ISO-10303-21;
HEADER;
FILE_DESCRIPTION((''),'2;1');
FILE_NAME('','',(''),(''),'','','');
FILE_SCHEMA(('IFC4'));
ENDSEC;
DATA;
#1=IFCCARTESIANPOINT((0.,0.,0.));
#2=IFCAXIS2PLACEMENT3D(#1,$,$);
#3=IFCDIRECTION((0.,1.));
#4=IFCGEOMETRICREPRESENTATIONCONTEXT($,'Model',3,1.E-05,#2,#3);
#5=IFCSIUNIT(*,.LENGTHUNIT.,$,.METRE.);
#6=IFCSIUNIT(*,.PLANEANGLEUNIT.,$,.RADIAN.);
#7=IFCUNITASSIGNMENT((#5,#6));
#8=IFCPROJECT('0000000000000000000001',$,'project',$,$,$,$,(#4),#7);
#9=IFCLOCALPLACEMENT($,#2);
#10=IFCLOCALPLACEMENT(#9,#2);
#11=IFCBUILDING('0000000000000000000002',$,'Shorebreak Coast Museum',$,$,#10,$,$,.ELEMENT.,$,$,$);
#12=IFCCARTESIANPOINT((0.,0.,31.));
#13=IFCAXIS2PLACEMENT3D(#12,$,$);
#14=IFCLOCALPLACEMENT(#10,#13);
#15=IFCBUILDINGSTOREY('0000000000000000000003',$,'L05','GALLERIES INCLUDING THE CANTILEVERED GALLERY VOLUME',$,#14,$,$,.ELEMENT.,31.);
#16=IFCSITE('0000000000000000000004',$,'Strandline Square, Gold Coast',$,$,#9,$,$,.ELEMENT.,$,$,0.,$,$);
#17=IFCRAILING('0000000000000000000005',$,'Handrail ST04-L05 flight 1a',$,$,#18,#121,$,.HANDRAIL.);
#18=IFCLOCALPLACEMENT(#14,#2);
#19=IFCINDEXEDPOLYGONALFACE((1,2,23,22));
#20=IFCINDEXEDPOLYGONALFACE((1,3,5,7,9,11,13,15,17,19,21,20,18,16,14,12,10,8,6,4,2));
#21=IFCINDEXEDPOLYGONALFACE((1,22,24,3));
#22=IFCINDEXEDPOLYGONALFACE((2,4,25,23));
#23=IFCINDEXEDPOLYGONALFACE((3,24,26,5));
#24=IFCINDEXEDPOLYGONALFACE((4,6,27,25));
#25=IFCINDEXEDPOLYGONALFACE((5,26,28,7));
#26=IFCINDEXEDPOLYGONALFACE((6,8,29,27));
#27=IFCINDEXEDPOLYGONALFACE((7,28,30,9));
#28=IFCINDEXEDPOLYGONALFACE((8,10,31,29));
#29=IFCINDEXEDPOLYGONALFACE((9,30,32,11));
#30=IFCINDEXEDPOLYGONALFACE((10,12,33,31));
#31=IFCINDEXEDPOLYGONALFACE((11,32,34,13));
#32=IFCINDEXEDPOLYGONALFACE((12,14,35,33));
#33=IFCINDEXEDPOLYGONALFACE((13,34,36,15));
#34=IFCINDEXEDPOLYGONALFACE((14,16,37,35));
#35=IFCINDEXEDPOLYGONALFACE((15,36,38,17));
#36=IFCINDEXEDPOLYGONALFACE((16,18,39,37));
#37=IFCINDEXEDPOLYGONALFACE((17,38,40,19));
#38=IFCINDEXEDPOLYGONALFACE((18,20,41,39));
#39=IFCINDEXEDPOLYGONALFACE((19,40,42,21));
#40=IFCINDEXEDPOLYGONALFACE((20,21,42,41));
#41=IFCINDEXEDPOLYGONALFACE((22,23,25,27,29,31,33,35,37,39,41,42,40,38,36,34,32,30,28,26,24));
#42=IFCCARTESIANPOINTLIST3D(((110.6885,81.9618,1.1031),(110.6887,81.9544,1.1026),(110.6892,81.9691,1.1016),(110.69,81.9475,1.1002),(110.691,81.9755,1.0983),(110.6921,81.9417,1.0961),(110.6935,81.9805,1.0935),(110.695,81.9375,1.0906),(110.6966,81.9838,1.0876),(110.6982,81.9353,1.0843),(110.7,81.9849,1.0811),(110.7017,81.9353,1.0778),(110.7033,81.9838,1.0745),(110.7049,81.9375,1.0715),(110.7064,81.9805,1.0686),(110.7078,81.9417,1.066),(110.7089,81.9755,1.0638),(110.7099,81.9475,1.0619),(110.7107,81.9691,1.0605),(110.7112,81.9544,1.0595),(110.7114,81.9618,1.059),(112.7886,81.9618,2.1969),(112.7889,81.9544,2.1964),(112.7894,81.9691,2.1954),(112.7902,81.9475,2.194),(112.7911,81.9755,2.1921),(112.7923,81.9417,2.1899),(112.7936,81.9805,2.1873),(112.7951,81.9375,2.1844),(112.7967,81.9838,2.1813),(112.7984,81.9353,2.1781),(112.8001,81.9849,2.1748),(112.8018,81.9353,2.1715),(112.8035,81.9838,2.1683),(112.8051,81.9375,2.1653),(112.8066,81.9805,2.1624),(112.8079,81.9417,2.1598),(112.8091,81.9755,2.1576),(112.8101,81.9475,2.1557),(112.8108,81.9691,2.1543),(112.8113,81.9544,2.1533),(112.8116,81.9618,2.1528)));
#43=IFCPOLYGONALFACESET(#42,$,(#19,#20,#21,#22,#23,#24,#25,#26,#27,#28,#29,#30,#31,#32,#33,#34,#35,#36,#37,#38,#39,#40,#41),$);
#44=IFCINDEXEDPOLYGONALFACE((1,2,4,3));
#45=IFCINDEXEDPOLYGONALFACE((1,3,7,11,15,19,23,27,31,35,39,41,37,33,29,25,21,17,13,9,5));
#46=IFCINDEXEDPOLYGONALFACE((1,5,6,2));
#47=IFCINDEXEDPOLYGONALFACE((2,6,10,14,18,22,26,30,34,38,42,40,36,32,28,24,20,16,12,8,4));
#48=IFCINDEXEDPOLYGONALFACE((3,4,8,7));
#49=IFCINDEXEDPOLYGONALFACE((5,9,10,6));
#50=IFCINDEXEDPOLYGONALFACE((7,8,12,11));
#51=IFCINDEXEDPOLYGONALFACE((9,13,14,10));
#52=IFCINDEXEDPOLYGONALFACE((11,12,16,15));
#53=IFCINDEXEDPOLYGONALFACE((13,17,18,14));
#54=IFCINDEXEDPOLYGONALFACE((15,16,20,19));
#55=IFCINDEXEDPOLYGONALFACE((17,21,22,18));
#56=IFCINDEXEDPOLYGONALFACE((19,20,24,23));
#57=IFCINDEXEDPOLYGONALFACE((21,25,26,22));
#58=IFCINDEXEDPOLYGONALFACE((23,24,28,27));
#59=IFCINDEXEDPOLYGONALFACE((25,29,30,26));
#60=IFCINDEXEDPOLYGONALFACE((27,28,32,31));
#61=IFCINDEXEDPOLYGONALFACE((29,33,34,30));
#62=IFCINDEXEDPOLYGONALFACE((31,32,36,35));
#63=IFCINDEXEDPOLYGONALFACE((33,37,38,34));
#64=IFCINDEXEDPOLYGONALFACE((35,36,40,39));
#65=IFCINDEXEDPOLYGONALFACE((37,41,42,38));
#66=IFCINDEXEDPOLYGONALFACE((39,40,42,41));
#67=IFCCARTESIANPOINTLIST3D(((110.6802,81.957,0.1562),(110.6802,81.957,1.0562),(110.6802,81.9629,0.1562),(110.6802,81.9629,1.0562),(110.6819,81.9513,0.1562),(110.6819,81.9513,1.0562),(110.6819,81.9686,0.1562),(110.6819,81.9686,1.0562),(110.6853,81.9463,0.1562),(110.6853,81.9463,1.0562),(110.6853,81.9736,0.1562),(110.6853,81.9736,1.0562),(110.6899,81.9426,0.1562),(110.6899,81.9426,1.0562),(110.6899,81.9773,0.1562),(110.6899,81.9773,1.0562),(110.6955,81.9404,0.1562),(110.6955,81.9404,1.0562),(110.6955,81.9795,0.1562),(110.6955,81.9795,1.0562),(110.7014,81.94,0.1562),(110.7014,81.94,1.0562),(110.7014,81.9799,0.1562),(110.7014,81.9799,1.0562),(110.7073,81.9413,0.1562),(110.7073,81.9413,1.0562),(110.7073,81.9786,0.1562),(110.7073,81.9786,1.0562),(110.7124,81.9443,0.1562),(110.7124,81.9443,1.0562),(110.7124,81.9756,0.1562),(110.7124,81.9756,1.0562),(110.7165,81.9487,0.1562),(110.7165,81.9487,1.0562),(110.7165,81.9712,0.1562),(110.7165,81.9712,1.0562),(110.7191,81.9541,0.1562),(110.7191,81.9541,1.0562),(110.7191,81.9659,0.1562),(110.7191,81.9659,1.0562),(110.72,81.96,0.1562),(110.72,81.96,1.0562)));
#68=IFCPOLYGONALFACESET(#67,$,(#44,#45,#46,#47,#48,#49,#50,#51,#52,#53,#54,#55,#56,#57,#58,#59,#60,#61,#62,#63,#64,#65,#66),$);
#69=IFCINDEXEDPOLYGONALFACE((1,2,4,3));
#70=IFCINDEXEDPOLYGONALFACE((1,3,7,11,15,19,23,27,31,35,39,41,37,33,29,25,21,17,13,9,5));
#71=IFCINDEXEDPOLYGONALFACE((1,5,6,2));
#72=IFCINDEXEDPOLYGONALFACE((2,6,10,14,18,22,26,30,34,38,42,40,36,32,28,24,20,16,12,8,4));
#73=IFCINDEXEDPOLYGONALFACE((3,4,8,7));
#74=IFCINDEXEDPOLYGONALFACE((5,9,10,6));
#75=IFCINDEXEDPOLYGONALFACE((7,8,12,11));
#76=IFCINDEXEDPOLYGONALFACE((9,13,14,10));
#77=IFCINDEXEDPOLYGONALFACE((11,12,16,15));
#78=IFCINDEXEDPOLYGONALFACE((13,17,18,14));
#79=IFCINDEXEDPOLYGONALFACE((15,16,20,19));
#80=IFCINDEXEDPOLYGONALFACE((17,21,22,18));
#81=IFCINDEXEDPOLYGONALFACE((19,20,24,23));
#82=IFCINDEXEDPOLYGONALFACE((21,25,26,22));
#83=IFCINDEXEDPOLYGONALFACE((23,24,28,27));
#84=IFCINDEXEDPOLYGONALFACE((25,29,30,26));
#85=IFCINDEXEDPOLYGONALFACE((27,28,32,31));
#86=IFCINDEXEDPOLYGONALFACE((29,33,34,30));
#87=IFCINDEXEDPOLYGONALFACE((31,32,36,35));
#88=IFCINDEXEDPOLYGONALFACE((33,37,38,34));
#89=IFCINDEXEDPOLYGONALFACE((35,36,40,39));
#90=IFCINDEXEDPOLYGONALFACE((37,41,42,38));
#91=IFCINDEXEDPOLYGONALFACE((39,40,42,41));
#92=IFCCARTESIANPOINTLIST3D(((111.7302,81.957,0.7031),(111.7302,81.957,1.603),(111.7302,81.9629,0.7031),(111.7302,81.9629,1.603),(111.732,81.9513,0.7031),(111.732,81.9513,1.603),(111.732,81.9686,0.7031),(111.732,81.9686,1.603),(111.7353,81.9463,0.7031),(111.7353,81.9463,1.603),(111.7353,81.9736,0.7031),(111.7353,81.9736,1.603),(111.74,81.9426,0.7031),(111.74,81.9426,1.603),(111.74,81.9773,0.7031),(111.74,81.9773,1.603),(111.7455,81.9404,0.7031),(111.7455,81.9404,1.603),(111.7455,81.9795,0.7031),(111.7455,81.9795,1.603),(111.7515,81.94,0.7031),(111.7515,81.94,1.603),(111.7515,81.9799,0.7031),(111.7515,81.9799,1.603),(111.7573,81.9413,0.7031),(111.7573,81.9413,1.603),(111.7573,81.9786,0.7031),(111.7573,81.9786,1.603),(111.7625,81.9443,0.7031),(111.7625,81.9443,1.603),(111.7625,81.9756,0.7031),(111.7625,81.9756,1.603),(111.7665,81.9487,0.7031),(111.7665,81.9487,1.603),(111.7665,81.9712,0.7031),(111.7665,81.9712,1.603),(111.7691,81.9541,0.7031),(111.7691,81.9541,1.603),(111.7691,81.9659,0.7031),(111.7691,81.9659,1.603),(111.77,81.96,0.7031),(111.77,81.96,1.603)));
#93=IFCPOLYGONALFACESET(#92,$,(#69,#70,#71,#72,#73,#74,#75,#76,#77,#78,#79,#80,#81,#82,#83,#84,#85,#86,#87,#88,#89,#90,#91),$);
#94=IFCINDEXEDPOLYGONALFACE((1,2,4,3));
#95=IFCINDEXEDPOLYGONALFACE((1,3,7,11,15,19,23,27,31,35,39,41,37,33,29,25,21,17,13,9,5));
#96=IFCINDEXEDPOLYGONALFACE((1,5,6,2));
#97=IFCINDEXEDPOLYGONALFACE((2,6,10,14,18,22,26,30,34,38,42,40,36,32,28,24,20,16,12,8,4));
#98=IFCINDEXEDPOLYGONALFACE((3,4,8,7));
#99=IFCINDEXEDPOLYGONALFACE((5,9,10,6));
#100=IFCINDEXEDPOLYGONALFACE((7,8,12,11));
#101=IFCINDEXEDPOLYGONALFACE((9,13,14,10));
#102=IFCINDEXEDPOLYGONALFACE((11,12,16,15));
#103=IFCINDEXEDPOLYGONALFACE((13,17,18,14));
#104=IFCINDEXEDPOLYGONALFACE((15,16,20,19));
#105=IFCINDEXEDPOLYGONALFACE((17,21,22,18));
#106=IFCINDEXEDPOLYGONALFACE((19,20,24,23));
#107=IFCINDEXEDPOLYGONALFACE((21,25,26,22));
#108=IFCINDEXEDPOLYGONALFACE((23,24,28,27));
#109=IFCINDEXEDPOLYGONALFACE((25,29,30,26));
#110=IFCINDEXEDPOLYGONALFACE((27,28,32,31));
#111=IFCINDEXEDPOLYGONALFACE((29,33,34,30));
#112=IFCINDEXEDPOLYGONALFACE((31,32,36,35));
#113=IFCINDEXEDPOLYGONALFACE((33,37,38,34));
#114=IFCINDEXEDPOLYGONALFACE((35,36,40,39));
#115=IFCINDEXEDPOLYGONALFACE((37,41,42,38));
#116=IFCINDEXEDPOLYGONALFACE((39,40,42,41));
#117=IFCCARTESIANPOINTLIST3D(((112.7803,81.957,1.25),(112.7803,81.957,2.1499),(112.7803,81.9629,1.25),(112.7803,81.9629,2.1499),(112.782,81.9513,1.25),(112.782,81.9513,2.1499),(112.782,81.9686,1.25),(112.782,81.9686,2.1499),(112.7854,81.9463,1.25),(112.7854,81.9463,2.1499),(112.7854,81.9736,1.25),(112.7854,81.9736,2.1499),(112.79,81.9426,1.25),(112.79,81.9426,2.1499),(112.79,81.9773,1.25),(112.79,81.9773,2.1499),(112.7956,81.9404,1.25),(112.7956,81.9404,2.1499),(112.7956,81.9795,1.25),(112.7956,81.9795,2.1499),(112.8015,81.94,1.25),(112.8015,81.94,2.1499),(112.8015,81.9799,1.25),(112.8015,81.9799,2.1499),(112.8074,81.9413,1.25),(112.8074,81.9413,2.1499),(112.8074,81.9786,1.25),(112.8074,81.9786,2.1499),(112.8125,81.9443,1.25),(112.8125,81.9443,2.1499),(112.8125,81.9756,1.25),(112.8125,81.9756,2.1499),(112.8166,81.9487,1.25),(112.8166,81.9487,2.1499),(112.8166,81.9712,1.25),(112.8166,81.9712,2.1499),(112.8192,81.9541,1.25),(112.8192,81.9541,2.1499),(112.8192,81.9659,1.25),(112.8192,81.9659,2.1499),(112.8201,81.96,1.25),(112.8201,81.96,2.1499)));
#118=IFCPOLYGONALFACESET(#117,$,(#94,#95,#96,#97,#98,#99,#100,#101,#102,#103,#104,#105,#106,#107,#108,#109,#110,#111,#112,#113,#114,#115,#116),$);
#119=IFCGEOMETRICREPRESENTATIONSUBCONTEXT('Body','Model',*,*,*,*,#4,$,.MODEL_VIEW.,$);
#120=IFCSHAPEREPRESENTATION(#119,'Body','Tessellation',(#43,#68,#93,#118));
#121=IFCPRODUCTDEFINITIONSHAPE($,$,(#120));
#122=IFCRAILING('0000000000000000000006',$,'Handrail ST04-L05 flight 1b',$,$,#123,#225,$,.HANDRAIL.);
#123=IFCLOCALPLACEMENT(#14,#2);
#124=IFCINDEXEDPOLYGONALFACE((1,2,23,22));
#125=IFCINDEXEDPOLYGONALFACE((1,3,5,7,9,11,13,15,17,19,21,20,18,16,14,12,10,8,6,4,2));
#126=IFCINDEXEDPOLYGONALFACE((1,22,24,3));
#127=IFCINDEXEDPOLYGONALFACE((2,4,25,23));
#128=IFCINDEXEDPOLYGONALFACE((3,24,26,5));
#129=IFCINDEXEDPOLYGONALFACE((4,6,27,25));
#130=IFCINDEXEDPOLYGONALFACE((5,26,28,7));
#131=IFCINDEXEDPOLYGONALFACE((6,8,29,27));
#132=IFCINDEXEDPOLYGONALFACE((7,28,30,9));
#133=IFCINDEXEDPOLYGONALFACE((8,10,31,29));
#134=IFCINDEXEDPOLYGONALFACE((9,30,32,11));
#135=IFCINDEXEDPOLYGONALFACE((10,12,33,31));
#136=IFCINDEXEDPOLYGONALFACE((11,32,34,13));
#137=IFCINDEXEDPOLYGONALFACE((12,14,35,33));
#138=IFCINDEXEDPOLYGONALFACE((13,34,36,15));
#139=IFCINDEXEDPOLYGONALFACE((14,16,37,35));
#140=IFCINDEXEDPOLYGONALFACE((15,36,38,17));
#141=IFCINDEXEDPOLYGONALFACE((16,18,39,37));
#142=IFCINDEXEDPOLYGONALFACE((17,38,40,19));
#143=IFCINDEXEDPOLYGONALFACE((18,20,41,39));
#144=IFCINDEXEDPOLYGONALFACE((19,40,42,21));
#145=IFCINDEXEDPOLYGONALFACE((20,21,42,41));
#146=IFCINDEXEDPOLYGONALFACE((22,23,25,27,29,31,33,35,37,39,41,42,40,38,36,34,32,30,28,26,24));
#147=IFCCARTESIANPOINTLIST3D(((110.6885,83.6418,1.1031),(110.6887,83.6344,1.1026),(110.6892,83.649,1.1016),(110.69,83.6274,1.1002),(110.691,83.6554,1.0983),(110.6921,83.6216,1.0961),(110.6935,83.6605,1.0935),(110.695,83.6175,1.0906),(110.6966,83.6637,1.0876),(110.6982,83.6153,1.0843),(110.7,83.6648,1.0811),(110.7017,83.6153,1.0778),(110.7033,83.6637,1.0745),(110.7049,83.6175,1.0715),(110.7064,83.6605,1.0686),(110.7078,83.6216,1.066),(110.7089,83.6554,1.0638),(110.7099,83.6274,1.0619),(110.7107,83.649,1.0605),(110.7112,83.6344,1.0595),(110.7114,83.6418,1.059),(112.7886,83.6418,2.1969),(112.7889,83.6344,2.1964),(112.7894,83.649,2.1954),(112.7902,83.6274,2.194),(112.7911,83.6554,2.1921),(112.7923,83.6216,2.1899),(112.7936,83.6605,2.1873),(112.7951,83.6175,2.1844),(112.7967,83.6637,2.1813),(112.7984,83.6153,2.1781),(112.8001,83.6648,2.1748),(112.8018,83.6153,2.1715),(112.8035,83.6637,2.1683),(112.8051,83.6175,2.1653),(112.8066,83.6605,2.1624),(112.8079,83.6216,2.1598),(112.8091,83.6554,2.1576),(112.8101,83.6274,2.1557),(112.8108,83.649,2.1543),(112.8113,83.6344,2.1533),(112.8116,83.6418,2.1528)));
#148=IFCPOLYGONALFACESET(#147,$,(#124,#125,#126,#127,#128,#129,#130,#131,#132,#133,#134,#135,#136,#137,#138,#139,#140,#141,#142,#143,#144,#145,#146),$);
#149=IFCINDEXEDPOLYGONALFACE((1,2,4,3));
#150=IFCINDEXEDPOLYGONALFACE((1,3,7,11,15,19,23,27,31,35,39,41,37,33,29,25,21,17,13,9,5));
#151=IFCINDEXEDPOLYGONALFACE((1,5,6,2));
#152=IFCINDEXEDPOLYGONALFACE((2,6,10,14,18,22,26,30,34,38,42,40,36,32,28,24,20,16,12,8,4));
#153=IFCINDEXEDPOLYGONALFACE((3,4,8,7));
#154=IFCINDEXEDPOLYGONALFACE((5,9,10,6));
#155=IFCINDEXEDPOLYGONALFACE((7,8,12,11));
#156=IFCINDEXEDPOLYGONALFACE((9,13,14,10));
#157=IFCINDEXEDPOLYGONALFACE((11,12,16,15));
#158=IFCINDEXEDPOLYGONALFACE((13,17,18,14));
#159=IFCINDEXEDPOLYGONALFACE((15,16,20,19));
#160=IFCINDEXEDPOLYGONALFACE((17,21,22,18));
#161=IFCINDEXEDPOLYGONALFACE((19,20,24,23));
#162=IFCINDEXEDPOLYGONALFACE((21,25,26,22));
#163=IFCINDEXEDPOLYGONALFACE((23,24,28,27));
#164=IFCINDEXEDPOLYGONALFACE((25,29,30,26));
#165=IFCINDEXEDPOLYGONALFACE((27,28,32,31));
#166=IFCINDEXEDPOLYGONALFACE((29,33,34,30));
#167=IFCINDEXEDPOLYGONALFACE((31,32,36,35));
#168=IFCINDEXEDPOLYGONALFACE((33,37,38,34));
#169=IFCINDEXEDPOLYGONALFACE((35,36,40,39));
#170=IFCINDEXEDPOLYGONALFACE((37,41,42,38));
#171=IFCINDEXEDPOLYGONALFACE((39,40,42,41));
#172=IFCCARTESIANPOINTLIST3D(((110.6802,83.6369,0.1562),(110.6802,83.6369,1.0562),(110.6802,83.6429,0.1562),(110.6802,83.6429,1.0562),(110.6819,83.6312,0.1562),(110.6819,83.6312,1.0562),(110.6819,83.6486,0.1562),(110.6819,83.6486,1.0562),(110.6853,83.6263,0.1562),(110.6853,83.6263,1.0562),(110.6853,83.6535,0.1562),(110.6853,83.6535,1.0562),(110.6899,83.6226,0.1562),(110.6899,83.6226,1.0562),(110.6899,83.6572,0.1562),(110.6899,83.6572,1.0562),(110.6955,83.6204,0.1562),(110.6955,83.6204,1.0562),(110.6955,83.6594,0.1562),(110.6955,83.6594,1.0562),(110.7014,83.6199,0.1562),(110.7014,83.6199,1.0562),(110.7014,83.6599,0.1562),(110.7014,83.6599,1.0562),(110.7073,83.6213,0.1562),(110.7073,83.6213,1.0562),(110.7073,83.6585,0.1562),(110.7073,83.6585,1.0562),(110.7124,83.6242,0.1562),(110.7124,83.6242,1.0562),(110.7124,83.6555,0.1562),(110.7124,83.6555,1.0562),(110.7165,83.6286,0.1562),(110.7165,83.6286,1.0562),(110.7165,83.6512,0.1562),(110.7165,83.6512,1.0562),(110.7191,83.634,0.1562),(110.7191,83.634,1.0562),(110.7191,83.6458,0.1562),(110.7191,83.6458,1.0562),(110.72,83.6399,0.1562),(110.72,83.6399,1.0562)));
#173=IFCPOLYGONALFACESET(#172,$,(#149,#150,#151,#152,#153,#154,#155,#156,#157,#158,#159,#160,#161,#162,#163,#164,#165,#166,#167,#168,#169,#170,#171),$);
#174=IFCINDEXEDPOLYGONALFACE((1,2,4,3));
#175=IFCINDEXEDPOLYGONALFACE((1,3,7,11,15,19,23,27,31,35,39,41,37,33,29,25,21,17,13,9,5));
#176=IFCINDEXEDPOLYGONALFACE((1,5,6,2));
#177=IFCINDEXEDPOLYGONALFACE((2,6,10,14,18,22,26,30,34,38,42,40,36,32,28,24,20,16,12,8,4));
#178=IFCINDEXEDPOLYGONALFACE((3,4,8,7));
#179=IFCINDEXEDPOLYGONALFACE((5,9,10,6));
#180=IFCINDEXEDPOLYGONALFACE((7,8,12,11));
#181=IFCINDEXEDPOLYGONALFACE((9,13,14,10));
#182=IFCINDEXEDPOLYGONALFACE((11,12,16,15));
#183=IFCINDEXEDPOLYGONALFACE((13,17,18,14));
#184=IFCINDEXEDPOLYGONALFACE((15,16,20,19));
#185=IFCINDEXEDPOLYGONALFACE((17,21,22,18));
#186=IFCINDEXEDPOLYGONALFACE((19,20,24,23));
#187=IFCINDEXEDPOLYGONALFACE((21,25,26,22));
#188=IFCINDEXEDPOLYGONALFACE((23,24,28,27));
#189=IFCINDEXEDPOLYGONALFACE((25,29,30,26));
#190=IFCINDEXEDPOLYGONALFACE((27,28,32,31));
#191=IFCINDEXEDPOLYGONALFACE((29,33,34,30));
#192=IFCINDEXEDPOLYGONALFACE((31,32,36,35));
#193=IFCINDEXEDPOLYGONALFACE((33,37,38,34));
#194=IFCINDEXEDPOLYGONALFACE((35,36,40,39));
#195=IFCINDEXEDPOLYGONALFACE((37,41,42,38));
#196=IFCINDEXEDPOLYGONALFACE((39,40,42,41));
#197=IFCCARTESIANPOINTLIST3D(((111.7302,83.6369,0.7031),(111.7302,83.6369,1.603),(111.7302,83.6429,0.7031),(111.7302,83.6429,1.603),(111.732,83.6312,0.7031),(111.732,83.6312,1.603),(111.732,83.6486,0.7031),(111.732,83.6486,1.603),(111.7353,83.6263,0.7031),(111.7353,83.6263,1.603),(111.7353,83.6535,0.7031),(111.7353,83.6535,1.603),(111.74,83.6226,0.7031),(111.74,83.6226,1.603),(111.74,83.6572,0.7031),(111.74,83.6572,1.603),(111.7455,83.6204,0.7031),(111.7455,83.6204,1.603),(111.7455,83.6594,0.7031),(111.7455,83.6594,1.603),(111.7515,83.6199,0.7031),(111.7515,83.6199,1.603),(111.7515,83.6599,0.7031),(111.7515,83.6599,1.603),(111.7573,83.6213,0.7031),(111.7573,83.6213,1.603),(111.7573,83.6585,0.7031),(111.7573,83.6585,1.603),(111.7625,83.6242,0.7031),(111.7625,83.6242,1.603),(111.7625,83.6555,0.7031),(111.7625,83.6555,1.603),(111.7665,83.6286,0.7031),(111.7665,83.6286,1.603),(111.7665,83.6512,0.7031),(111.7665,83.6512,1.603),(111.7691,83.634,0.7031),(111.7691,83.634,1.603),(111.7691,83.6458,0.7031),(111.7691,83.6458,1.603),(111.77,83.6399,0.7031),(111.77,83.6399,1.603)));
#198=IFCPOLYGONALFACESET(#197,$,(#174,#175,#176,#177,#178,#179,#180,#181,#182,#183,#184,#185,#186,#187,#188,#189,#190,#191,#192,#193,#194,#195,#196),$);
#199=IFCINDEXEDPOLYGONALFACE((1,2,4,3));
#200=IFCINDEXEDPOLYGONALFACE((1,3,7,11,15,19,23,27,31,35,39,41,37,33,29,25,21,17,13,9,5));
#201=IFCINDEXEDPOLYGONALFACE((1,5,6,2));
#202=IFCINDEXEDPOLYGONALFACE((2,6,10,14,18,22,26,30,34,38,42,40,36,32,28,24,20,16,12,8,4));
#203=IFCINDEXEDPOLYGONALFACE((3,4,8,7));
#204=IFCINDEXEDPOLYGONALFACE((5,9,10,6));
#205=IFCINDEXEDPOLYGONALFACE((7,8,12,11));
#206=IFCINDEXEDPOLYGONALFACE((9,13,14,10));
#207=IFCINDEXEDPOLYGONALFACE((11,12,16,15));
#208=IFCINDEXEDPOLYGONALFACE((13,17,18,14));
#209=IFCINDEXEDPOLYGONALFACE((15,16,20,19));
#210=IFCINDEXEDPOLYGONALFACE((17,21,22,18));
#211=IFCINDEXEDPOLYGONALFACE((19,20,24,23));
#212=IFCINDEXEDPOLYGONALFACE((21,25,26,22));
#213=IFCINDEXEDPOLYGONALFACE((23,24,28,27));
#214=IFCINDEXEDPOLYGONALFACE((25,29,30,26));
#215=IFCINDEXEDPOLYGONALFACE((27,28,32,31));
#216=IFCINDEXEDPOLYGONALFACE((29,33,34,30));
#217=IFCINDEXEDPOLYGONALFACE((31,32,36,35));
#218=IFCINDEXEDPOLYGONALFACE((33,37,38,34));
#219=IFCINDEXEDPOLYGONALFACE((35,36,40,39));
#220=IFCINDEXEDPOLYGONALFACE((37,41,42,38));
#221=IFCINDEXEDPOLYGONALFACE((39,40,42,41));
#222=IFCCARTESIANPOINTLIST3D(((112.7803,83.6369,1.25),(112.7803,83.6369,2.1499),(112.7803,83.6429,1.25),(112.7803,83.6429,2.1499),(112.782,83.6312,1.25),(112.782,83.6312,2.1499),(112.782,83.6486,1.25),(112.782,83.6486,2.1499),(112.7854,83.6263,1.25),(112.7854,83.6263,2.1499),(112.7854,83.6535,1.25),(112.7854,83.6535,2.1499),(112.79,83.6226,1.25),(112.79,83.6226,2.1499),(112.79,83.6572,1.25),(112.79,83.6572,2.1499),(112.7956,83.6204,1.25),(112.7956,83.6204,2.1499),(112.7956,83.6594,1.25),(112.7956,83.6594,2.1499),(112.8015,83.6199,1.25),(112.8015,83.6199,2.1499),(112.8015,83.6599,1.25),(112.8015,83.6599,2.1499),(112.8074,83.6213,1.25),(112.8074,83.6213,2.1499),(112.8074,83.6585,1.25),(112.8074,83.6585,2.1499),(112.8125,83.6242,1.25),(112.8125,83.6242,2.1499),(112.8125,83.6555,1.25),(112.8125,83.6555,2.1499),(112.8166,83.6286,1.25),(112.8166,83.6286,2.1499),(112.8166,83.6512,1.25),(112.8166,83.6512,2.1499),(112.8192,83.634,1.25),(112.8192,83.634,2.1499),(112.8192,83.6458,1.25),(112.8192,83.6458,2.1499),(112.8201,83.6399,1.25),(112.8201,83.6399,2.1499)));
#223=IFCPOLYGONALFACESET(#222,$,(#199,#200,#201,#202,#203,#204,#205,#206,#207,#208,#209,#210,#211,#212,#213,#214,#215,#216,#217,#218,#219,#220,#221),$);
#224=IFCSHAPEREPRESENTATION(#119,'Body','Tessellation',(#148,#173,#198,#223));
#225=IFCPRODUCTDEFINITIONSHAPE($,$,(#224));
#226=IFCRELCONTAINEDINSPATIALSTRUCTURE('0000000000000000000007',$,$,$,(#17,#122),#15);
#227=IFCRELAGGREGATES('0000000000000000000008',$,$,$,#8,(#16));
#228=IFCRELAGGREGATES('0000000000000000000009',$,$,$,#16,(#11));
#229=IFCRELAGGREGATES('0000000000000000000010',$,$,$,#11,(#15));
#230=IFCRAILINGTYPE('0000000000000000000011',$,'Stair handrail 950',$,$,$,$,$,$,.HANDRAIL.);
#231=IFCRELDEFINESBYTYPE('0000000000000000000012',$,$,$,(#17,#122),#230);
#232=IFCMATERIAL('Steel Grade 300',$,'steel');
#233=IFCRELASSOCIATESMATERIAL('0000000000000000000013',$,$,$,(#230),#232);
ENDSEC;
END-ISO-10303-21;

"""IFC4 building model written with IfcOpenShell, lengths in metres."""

from ifc_helpers import new_model, si_unit, direction, frame, origin, origin_2d, place, context, subcontext, project, spatial, circle, extrude, material, type_object, element, save


model = new_model("IFC4")

# Units and contexts
model_context = context("Model", 3, precision=1e-05, world=origin(), true_north=direction((0.0, 1.0)))
body_context = subcontext(model_context, "Body", "Model", "MODEL_VIEW")
ifc_project = project(units=[si_unit("LENGTHUNIT", "METRE"), si_unit("PLANEANGLEUNIT", "RADIAN")], contexts=[model_context])

# Site, building, storey
site_placement = place(None, origin())
site = spatial("IfcSite", under=ifc_project, at=site_placement, Name="Strandline Square, Gold Coast", CompositionType="ELEMENT", RefElevation=0.0)
building_placement = place(site_placement, origin())
building = spatial("IfcBuilding", under=site, at=building_placement, Name="Shorebreak Coast Museum", CompositionType="ELEMENT")
storey_placement = place(building_placement, frame((0.0, 0.0, 31.0)))
storey = spatial("IfcBuildingStorey", under=building, at=storey_placement, Name="L05", Description="GALLERIES INCLUDING THE CANTILEVERED GALLERY VOLUME", CompositionType="ELEMENT", Elevation=31.0)

# Railings
ifc_material_1 = material(Name="Steel Grade 300", Category="steel")
railing_type_1 = type_object("IfcRailingType", Name="Stair handrail 950", PredefinedType="HANDRAIL", material=ifc_material_1)
for number, where, name in (
    (1, (110.7, 81.96, 0.1562), "Handrail ST04-L05 flight 1a"),
    (2, (110.7, 83.6399, 0.1562), "Handrail ST04-L05 flight 1b"),
):
    element("IfcRailing", number, at=place(storey_placement, frame(where)), inside=storey, type_object=railing_type_1, Name=name, PredefinedType="HANDRAIL", context=body_context, shape_type="SweptSolid", body=[
        extrude(circle(Radius=0.0249, at=origin_2d()), frame((0.0, 0.0, 0.9248), z_axis=(0.886923, 0.0, 0.461918), x_axis=(0.0, 1.0, 0.0)), (0.0, 0.0, 1.0), 2.3679),
        extrude(circle(Radius=0.02, at=origin_2d()), origin(), (0.0, 0.0, 1.0), 0.8999),
        extrude(circle(Radius=0.02, at=origin_2d()), frame((1.05, 0.0, 0.5469)), (0.0, 0.0, 1.0), 0.8999),
        extrude(circle(Radius=0.02, at=origin_2d()), frame((2.1001, 0.0, 1.0938)), (0.0, 0.0, 1.0), 0.8999),
    ])

save(model, "model.ifc")
